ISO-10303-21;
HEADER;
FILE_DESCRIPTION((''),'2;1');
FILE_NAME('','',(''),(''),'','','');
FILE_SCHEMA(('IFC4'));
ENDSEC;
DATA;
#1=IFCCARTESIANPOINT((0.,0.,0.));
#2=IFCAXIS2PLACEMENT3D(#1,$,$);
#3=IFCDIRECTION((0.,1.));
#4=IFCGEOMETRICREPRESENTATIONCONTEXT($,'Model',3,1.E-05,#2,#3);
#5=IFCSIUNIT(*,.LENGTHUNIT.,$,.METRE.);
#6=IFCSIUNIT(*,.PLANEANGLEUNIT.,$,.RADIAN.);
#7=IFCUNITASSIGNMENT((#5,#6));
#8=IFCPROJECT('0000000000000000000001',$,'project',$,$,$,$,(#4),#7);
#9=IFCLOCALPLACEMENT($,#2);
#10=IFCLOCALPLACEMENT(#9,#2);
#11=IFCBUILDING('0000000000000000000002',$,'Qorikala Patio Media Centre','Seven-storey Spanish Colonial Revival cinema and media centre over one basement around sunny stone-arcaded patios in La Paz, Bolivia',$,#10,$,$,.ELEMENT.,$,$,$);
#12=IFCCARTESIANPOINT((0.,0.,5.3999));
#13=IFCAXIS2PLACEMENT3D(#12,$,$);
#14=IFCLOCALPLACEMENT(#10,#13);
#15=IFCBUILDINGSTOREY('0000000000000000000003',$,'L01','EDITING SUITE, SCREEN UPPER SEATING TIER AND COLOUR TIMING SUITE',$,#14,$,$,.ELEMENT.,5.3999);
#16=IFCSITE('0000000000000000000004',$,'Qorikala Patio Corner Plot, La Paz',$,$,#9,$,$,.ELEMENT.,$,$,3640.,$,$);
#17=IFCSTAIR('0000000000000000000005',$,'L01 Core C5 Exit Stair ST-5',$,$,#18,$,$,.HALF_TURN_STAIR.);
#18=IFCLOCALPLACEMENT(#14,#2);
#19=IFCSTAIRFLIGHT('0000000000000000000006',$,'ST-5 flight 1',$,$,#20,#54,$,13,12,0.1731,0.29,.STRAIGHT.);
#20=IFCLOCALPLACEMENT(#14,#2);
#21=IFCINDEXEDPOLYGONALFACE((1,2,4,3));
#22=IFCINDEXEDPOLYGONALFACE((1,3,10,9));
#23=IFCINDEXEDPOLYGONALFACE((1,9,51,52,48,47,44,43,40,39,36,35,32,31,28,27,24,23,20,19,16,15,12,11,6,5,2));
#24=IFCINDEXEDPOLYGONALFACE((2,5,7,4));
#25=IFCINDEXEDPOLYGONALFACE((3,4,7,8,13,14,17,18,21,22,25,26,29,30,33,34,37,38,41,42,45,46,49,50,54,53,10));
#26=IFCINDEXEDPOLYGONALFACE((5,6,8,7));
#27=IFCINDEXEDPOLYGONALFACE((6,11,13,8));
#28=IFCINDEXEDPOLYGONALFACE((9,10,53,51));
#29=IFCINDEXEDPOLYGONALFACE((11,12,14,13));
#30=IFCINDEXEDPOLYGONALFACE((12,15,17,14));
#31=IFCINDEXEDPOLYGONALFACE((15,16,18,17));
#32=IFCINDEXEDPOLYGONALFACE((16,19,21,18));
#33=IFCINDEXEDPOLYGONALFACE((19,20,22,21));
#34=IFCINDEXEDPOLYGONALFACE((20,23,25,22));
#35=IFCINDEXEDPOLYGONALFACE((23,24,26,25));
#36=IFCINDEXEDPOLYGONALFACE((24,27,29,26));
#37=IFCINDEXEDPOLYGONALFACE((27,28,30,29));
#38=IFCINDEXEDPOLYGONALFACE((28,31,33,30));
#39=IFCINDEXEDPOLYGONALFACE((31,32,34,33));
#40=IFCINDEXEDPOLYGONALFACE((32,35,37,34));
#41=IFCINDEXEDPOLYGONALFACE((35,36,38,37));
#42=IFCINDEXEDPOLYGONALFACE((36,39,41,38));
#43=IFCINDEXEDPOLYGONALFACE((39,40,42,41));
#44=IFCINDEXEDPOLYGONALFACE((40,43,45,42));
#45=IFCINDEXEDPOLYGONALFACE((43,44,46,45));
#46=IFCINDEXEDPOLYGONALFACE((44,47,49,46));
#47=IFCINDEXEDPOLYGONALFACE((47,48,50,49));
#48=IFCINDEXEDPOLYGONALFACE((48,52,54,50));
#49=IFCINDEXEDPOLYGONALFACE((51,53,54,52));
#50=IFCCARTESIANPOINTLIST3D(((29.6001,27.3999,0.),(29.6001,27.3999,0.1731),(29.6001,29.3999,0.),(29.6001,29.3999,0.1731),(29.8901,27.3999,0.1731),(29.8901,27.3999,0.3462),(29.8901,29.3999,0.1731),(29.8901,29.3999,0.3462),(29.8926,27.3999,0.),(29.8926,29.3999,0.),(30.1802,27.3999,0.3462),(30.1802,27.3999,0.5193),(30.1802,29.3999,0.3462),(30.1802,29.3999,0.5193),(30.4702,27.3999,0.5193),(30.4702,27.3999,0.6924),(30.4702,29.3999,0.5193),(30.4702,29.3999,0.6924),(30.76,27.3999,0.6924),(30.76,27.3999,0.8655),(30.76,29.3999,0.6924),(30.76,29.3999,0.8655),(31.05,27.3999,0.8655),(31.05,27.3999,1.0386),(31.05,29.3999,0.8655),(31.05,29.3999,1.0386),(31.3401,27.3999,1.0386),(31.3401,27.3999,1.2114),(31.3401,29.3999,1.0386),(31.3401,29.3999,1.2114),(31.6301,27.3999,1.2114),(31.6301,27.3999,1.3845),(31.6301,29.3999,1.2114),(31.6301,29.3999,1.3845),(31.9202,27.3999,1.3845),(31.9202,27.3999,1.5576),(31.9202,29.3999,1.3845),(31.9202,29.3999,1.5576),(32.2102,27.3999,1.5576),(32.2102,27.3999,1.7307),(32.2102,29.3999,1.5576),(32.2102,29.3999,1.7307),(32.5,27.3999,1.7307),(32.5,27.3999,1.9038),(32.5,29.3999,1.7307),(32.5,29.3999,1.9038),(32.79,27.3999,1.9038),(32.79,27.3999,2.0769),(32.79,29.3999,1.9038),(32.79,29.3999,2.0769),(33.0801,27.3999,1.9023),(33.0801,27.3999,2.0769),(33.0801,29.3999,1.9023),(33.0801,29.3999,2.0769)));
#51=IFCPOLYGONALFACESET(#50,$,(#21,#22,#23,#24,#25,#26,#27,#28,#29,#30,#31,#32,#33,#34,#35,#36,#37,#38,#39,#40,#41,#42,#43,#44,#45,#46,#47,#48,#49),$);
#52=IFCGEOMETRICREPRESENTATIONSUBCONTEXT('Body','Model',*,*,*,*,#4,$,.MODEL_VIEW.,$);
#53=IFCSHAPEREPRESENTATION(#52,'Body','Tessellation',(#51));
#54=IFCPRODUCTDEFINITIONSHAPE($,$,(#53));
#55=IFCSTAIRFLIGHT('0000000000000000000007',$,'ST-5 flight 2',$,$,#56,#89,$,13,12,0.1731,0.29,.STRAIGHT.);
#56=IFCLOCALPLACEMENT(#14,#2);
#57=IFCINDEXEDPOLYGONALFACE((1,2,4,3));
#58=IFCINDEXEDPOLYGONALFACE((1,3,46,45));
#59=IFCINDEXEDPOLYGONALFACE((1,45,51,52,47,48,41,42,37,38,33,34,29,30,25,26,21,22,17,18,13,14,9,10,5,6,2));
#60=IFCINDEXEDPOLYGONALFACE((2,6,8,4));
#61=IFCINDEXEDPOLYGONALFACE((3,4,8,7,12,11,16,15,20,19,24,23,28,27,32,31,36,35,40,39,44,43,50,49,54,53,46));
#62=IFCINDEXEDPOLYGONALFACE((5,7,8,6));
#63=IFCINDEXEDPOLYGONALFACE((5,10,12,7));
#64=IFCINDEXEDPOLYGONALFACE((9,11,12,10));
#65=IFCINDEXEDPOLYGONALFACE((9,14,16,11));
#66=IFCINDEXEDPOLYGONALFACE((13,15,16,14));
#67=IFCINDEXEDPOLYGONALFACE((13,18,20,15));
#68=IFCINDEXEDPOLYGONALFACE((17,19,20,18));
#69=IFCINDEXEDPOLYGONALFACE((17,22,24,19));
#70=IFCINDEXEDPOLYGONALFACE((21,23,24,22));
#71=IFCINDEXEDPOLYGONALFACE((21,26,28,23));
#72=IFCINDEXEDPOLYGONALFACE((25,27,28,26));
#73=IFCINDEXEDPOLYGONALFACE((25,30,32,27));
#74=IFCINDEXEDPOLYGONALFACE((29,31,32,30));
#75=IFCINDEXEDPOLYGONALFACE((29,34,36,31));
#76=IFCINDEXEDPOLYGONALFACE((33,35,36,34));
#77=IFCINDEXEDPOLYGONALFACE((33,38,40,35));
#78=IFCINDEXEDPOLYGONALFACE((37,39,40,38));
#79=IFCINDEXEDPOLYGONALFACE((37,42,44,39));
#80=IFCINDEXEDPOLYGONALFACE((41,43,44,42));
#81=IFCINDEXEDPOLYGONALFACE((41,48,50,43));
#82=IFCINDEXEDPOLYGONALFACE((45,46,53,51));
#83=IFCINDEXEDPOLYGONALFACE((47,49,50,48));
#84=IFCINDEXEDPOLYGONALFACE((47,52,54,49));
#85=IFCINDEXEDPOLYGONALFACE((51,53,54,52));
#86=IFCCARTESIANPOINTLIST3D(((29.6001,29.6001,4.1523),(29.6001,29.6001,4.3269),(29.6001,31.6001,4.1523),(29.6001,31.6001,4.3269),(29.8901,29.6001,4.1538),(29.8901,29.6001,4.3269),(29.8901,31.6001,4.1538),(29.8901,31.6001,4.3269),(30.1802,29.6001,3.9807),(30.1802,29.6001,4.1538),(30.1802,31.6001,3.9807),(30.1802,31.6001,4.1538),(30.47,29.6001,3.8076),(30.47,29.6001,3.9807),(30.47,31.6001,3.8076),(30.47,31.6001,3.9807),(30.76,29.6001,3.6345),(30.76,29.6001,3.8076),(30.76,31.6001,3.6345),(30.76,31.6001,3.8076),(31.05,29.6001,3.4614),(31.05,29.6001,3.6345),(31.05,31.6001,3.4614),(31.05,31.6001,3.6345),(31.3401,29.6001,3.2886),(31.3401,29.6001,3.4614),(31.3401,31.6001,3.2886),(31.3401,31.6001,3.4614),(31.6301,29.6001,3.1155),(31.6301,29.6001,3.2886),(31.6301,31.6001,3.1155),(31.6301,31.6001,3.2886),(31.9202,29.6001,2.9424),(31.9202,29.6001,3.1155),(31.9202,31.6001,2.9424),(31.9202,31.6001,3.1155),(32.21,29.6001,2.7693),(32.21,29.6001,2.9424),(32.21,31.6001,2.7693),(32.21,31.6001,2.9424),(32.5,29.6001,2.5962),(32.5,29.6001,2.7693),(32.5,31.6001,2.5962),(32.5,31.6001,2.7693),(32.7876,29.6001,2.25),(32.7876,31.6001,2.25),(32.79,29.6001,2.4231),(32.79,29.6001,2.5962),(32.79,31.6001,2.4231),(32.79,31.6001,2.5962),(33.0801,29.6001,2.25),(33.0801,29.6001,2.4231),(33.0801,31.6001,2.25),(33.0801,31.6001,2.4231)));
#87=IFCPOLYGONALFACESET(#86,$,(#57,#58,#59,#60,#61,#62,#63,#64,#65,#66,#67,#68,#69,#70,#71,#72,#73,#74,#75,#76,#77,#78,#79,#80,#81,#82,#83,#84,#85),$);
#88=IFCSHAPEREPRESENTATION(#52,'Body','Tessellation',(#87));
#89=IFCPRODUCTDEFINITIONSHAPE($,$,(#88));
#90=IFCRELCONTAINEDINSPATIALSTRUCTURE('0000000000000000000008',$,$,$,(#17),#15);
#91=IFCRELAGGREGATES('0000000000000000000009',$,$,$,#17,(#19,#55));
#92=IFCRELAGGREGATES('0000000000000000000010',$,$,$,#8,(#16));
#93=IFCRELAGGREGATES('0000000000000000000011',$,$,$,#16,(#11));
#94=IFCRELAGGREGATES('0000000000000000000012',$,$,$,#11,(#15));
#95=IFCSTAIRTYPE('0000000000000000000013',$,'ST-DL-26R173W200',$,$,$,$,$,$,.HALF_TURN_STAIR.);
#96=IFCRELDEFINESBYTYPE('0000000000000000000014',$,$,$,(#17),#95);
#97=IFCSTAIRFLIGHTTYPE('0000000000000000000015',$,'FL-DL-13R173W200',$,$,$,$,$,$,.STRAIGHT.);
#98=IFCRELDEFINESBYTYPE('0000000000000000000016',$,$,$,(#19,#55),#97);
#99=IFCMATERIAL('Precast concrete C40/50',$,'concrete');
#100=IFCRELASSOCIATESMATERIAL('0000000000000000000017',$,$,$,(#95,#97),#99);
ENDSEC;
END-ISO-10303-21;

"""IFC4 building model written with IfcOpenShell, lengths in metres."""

from ifc_helpers import new_model, si_unit, direction, frame, origin, place, context, subcontext, project, spatial, polyline, outline, extrude, material, type_object, element, aggregate, save


model = new_model("IFC4")

# Units and contexts
model_context = context("Model", 3, precision=1e-05, world=origin(), true_north=direction((0.0, 1.0)))
body_context = subcontext(model_context, "Body", "Model", "MODEL_VIEW")
ifc_project = project(units=[si_unit("LENGTHUNIT", "METRE"), si_unit("PLANEANGLEUNIT", "RADIAN")], contexts=[model_context])

# Site, building, storey
site_placement = place(None, origin())
site = spatial("IfcSite", under=ifc_project, at=site_placement, Name="Qorikala Patio Corner Plot, La Paz", CompositionType="ELEMENT", RefElevation=3640.0)
building_placement = place(site_placement, origin())
building = spatial("IfcBuilding", under=site, at=building_placement, Name="Qorikala Patio Media Centre", Description="Seven-storey Spanish Colonial Revival cinema and media centre over one basement around sunny stone-arcaded patios in La Paz, Bolivia", CompositionType="ELEMENT")
storey_placement = place(building_placement, frame((0.0, 0.0, 5.3999)))
storey = spatial("IfcBuildingStorey", under=building, at=storey_placement, Name="L01", Description="EDITING SUITE, SCREEN UPPER SEATING TIER AND COLOUR TIMING SUITE", CompositionType="ELEMENT", Elevation=5.3999)

# Stair, stair flights
ifc_material_1 = material(Name="Precast concrete C40/50", Category="concrete")
stair_type = type_object("IfcStairType", Name="ST-DL-26R173W200", PredefinedType="HALF_TURN_STAIR", material=ifc_material_1)
stair_placement = place(storey_placement, origin())
stair = element("IfcStair", 1, at=stair_placement, inside=storey, type_object=stair_type, Name="L01 Core C5 Exit Stair ST-5", PredefinedType="HALF_TURN_STAIR")
stair_flight_type = type_object("IfcStairFlightType", Name="FL-DL-13R173W200", PredefinedType="STRAIGHT", material=ifc_material_1)
stair_flight_1_placement = place(storey_placement, frame((29.6001, 28.3999, 0.0), z_axis=(0.0, 0.0, 1.0), x_axis=(1.0, 0.0, 0.0)))
stair_flight_1 = element("IfcStairFlight", 2, at=stair_flight_1_placement, type_object=stair_flight_type, Name="ST-5 flight 1", NumberOfRisers=13, NumberOfTreads=12, PredefinedType="STRAIGHT", RiserHeight=0.1731, TreadLength=0.29, context=body_context, shape_type="SweptSolid", body=[
    extrude(outline(polyline([(0.0, 0.0), (0.0, 0.1731), (0.29, 0.1731), (0.29, 0.3462), (0.5801, 0.3462), (0.5801, 0.5193), (0.8701, 0.5193), (0.8701, 0.6924), (1.1599, 0.6924), (1.1599, 0.8655), (1.45, 0.8655), (1.45, 1.0386), (1.74, 1.0386), (1.74, 1.2114), (2.03, 1.2114), (2.03, 1.3845), (2.3201, 1.3845), (2.3201, 1.5576), (2.6101, 1.5576), (2.6101, 1.7307), (2.8999, 1.7307), (2.8999, 1.9038), (3.1899, 1.9038), (3.1899, 2.0769), (3.48, 2.0769), (3.48, 2.25), (3.48, 1.9023), (0.2925, 0.0), (0.0, 0.0)])), frame((0.0, 1.0, 0.0), z_axis=(0.0, -1.0, 0.0), x_axis=(1.0, 0.0, 0.0)), (0.0, 0.0, 1.0), 2.0),
])
stair_flight_2_placement = place(storey_placement, frame((33.0801, 30.6001, 2.25), z_axis=(0.0, 0.0, 1.0), x_axis=(-1.0, 0.0, 0.0)))
stair_flight_2 = element("IfcStairFlight", 3, at=stair_flight_2_placement, type_object=stair_flight_type, Name="ST-5 flight 2", NumberOfRisers=13, NumberOfTreads=12, PredefinedType="STRAIGHT", RiserHeight=0.1731, TreadLength=0.29, context=body_context, shape_type="SweptSolid", body=[
    extrude(outline(polyline([(0.0, 0.0), (0.0, 0.1731), (0.29, 0.1731), (0.29, 0.3462), (0.5801, 0.3462), (0.5801, 0.5193), (0.8701, 0.5193), (0.8701, 0.6924), (1.1599, 0.6924), (1.1599, 0.8655), (1.45, 0.8655), (1.45, 1.0386), (1.74, 1.0386), (1.74, 1.2114), (2.03, 1.2114), (2.03, 1.3845), (2.3201, 1.3845), (2.3201, 1.5576), (2.6101, 1.5576), (2.6101, 1.7307), (2.8999, 1.7307), (2.8999, 1.9038), (3.1899, 1.9038), (3.1899, 2.0769), (3.48, 2.0769), (3.48, 2.25), (3.48, 1.9023), (0.2925, 0.0), (0.0, 0.0)])), frame((0.0, 1.0, 0.0), z_axis=(0.0, -1.0, 0.0), x_axis=(1.0, 0.0, 0.0)), (0.0, 0.0, 1.0), 2.0),
])
aggregate(stair, [stair_flight_1, stair_flight_2])

save(model, "model.ifc")
